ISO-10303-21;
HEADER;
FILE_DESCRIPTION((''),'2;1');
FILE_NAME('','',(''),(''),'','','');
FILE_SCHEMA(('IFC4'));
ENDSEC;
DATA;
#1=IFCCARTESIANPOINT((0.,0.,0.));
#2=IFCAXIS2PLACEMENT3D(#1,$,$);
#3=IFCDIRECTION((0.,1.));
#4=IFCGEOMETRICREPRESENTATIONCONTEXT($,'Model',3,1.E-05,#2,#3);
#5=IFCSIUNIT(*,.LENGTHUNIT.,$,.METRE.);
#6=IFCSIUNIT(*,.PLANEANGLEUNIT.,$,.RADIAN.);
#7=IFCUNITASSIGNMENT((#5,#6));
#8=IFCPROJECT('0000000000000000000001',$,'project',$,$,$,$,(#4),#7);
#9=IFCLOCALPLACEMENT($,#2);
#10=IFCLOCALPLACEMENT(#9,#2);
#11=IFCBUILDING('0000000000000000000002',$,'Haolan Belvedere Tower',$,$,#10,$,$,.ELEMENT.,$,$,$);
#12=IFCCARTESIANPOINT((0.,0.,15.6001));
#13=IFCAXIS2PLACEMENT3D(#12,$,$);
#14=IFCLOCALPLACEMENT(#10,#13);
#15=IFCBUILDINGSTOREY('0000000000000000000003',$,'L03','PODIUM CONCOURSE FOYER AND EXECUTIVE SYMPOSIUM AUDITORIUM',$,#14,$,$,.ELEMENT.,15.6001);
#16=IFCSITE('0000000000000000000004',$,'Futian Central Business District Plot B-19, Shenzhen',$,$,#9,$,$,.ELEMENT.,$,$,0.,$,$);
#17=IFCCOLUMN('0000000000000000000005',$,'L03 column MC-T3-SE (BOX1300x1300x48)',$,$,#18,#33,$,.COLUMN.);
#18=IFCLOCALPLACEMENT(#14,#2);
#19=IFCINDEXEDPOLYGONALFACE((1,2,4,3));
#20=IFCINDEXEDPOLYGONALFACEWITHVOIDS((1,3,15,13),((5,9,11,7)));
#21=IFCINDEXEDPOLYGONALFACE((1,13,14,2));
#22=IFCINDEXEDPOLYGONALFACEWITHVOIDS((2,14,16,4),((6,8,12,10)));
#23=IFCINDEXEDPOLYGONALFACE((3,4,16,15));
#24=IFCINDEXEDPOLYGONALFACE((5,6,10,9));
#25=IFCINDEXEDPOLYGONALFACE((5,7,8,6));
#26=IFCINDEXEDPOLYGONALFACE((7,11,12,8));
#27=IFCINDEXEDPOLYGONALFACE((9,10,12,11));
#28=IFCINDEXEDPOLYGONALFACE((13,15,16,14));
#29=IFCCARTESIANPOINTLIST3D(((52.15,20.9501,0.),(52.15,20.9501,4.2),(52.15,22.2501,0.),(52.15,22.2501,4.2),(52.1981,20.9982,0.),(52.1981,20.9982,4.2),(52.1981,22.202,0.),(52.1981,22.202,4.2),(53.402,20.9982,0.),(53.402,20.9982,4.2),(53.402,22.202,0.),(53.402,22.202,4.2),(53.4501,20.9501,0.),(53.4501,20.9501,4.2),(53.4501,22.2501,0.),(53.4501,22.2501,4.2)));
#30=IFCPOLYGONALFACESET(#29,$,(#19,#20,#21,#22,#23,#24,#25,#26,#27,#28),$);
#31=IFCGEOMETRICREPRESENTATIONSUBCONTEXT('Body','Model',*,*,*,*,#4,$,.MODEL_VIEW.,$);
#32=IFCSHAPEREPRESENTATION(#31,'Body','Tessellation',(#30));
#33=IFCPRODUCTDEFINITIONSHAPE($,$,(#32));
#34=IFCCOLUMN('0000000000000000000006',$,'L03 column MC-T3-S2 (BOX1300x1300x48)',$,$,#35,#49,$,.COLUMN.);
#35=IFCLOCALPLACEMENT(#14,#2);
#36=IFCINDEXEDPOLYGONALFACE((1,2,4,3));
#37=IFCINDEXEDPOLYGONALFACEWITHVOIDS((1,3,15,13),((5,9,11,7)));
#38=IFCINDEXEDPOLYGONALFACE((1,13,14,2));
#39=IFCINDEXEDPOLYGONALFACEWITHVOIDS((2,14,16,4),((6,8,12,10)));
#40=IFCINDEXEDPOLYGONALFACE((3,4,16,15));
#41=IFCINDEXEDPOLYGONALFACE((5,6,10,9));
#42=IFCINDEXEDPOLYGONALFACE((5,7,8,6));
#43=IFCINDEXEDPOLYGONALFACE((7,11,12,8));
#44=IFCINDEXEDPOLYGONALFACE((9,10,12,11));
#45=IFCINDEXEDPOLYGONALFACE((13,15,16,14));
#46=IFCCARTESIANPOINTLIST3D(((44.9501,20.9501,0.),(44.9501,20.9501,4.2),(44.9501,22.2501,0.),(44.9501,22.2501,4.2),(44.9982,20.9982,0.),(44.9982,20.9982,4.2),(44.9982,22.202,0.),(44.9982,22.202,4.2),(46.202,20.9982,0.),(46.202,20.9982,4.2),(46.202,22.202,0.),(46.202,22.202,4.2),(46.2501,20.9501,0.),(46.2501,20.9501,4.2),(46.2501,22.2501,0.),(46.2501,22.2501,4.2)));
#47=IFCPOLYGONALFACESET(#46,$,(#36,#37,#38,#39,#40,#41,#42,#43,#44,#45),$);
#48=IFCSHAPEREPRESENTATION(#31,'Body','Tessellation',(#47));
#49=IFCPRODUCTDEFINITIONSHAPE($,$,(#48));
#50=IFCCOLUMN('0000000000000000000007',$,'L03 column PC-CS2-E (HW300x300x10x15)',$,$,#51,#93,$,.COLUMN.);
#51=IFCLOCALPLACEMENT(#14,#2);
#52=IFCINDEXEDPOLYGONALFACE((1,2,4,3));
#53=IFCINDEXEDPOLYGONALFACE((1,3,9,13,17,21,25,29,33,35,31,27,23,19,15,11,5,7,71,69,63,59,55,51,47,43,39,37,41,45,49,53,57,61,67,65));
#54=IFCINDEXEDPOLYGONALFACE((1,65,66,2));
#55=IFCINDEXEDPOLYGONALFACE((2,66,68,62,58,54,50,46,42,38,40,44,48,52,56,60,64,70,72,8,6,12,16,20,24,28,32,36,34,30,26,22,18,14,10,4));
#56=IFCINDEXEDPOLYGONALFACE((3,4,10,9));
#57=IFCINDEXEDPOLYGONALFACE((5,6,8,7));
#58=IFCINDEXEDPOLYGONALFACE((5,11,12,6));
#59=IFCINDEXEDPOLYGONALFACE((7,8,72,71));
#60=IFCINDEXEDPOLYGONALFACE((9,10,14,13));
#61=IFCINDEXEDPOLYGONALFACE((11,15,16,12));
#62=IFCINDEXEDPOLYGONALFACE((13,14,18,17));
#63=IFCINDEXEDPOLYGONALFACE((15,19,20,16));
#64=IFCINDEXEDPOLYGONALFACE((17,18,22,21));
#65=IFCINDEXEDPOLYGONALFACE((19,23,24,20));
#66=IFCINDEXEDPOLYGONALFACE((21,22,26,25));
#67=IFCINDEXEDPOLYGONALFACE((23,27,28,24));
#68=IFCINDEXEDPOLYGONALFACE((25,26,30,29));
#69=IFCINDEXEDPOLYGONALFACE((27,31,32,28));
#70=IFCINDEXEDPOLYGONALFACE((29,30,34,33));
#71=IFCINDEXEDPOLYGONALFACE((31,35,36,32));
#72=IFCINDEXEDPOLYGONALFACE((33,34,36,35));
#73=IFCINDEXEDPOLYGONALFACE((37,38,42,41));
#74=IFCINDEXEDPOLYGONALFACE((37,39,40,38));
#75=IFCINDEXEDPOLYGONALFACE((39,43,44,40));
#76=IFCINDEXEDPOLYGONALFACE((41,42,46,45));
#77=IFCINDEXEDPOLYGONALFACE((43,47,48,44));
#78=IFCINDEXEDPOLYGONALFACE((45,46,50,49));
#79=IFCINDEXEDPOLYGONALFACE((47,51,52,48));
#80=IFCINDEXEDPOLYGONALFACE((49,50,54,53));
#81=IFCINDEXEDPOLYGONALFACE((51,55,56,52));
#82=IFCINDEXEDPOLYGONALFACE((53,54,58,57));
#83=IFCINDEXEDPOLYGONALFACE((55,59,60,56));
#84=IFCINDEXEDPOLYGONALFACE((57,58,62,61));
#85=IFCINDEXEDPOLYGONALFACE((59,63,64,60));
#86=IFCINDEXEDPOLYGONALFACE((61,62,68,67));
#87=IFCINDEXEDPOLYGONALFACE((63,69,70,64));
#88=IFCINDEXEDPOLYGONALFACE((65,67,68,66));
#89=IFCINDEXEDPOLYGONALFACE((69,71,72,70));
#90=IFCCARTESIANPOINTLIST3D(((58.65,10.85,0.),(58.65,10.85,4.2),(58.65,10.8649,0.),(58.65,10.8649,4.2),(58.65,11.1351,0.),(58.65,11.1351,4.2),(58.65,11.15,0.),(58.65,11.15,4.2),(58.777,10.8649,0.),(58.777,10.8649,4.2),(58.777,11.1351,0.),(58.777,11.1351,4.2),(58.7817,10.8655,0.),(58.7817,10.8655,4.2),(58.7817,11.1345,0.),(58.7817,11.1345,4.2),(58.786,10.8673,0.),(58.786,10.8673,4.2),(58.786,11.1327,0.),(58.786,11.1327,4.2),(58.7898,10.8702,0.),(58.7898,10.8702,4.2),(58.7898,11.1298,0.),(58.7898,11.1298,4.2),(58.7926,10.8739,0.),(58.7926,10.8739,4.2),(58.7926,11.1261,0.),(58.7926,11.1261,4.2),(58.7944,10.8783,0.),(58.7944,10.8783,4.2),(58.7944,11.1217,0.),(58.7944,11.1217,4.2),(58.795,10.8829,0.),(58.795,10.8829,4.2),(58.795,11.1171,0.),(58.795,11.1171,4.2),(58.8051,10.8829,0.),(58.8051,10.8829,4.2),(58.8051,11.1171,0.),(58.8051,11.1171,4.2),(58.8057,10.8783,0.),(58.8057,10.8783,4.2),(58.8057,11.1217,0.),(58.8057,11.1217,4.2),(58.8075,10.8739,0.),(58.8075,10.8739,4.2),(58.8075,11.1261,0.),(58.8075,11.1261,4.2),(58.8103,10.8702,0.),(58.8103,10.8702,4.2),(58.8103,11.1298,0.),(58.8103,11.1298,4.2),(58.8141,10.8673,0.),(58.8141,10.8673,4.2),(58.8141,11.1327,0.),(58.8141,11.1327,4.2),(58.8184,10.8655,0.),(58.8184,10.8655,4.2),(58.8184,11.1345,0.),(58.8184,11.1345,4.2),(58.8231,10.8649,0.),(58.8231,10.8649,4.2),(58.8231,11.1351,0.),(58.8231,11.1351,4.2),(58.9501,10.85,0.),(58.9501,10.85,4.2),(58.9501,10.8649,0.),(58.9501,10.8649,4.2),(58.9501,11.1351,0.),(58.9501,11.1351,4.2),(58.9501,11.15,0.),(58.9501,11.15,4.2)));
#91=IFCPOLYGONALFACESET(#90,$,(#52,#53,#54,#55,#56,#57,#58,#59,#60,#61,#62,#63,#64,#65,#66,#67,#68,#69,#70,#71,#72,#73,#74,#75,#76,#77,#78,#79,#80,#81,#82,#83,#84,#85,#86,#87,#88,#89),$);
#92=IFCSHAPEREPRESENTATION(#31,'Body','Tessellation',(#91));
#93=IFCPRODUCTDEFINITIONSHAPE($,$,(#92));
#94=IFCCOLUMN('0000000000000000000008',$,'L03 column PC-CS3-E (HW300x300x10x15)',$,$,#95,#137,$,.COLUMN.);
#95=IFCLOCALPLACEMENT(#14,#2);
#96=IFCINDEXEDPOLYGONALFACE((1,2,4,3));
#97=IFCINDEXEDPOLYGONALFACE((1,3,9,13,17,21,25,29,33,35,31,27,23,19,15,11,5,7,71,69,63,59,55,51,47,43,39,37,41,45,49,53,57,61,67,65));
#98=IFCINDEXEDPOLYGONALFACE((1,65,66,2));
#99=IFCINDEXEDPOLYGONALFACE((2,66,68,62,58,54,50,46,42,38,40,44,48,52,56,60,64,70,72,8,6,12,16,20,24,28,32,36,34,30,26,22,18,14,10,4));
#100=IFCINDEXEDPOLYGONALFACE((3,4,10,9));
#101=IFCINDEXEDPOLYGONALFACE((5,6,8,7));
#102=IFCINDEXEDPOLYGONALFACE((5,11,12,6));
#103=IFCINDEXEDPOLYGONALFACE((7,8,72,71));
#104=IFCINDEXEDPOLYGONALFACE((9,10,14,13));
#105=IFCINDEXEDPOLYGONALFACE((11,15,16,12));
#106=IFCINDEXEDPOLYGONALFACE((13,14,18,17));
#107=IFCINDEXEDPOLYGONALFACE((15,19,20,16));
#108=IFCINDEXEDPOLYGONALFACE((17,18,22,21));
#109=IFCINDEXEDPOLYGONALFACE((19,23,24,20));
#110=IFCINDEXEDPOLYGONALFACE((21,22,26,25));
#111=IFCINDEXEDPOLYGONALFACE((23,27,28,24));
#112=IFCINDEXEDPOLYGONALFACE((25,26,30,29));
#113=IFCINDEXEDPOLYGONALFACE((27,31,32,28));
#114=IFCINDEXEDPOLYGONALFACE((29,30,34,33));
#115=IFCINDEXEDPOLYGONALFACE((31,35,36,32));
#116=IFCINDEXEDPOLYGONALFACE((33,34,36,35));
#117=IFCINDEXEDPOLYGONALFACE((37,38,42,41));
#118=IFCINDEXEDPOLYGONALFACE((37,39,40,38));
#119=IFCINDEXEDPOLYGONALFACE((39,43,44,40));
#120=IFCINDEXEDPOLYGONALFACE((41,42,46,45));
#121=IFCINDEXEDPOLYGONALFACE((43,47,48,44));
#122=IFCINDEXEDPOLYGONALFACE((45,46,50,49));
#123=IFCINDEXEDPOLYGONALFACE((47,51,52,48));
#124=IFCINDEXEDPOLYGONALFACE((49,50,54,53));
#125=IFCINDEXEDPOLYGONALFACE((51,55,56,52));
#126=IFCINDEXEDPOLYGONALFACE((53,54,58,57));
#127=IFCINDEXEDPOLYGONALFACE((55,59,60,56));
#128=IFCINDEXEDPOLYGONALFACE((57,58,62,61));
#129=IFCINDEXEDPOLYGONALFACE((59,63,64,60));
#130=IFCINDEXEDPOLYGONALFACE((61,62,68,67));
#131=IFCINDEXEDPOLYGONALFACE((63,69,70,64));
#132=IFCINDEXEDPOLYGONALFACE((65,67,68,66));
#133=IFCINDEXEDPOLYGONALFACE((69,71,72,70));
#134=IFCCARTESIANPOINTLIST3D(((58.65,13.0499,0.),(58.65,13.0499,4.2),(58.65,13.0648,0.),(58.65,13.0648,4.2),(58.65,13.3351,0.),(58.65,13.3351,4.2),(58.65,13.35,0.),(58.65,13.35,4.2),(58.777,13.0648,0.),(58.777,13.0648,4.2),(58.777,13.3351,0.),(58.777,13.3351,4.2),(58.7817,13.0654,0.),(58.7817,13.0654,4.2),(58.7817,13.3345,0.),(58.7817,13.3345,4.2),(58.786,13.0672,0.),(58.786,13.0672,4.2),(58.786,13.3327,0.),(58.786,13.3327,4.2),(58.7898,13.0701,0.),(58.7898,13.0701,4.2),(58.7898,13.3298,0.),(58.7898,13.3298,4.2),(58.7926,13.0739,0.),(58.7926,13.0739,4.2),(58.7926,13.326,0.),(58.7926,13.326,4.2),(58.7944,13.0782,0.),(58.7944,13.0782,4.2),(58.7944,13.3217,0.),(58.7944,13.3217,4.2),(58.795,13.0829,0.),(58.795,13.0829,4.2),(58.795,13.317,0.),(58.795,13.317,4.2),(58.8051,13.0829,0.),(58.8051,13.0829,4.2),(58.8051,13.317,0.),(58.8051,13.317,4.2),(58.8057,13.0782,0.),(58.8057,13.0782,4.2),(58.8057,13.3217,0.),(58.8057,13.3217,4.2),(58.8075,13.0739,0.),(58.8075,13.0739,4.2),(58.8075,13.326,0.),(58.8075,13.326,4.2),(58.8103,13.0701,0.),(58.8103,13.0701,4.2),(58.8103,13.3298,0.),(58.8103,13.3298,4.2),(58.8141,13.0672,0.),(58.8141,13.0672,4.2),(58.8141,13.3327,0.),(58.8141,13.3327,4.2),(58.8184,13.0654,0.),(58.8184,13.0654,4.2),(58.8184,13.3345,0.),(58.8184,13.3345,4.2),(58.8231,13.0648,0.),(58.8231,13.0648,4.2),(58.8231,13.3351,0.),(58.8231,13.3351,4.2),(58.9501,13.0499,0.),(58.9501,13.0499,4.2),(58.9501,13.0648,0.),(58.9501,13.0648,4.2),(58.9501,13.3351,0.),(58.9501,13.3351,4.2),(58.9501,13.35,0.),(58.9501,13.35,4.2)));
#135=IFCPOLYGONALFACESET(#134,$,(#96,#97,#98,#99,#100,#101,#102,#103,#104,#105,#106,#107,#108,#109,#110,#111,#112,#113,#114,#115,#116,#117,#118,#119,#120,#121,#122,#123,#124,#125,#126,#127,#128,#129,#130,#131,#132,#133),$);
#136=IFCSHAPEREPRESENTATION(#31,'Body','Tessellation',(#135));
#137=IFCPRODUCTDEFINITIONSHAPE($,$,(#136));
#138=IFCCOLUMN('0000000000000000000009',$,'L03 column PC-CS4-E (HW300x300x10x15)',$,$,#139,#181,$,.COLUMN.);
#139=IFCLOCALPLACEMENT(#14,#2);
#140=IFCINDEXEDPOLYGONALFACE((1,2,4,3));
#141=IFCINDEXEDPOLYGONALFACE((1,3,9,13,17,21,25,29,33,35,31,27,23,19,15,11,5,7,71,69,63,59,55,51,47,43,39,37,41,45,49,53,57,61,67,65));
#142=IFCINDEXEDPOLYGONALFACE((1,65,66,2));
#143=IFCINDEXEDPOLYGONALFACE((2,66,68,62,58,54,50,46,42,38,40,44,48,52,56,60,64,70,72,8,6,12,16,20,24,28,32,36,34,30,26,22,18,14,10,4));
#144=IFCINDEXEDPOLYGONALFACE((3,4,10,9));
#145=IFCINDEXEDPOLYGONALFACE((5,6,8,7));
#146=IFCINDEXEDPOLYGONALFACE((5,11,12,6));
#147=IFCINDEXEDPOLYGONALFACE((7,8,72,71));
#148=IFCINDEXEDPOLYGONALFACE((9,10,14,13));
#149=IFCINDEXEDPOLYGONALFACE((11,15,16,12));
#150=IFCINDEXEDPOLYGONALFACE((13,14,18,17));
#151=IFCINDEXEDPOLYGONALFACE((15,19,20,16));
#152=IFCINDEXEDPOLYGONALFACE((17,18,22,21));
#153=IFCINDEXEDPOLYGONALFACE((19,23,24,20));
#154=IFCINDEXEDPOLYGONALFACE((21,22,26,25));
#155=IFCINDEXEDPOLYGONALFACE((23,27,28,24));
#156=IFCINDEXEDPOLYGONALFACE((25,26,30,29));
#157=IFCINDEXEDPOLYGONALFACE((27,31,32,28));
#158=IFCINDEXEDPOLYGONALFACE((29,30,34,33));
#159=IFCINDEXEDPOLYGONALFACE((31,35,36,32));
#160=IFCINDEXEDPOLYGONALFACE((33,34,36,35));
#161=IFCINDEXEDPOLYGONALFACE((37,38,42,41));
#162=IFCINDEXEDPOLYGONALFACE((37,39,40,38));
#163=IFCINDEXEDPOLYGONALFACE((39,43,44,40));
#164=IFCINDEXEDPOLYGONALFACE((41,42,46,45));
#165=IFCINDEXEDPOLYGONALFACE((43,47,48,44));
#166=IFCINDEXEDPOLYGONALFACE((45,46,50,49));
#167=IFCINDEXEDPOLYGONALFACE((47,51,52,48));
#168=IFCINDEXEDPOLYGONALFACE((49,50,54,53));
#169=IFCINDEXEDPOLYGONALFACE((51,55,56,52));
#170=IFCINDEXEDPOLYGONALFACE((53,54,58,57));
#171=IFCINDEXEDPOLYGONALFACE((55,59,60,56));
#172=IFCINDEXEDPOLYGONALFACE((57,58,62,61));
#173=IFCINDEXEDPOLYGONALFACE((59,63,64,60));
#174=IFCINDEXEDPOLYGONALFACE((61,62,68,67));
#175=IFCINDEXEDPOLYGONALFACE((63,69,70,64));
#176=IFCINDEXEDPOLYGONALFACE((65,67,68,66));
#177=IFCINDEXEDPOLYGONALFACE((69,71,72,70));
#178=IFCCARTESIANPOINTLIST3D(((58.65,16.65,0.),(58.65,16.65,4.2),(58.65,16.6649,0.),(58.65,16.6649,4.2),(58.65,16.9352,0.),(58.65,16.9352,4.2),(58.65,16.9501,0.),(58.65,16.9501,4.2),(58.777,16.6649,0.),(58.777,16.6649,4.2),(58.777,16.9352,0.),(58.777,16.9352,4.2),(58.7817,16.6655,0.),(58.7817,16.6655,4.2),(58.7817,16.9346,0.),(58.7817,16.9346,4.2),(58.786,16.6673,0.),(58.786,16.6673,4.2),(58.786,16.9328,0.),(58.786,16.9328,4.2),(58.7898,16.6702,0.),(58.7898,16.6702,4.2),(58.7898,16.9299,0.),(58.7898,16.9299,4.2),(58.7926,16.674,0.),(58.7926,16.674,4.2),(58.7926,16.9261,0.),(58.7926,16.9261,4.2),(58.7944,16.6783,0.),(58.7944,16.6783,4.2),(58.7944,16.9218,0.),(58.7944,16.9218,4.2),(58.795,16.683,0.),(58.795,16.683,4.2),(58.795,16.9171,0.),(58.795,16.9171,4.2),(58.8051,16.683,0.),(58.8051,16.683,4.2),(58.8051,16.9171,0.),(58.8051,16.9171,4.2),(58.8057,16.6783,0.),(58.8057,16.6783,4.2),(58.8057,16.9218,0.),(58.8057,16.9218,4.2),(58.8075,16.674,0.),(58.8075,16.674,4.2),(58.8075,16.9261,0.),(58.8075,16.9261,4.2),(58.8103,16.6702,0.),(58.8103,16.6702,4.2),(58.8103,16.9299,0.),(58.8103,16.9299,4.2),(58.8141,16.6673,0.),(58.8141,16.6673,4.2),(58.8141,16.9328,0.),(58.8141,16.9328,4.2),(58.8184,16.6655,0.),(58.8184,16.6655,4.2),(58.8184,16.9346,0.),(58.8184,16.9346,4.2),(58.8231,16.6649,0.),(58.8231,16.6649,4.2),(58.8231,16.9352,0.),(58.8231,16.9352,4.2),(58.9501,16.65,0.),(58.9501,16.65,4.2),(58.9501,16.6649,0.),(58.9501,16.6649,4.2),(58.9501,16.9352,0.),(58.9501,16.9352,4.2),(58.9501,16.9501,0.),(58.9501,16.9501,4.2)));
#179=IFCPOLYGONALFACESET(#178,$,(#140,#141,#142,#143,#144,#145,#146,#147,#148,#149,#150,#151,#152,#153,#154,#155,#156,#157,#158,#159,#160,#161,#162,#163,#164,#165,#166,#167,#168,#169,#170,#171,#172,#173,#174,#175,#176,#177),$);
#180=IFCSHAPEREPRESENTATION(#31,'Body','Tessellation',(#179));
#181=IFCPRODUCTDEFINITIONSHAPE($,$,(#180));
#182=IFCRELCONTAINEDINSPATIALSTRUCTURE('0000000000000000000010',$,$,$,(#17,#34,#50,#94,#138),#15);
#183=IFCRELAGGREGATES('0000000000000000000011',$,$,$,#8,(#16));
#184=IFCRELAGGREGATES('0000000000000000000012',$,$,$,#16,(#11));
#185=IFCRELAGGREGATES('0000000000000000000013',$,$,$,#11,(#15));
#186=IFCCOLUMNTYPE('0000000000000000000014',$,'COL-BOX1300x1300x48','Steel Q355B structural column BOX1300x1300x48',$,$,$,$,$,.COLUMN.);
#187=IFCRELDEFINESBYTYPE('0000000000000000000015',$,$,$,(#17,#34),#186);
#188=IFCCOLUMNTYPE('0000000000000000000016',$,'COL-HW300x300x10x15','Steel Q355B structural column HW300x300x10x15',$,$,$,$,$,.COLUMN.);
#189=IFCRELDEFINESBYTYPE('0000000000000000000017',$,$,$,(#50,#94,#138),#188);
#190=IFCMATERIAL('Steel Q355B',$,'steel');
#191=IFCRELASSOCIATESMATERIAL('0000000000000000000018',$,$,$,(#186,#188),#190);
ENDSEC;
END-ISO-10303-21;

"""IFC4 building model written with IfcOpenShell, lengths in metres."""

from ifc_helpers import new_model, si_unit, direction, frame, origin, origin_2d, place, context, subcontext, project, spatial, hollow_rectangle, i_section, extrude, material, material_profile, profile_set, type_object, element, save


model = new_model("IFC4")

# Units and contexts
model_context = context("Model", 3, precision=1e-05, world=origin(), true_north=direction((0.0, 1.0)))
body_context = subcontext(model_context, "Body", "Model", "MODEL_VIEW")
ifc_project = project(units=[si_unit("LENGTHUNIT", "METRE"), si_unit("PLANEANGLEUNIT", "RADIAN")], contexts=[model_context])

# Site, building, storey
site_placement = place(None, origin())
site = spatial("IfcSite", under=ifc_project, at=site_placement, Name="Futian Central Business District Plot B-19, Shenzhen", CompositionType="ELEMENT", RefElevation=0.0)
building_placement = place(site_placement, origin())
building = spatial("IfcBuilding", under=site, at=building_placement, Name="Haolan Belvedere Tower", CompositionType="ELEMENT")
storey_placement = place(building_placement, frame((0.0, 0.0, 15.6001)))
storey = spatial("IfcBuildingStorey", under=building, at=storey_placement, Name="L03", Description="PODIUM CONCOURSE FOYER AND EXECUTIVE SYMPOSIUM AUDITORIUM", CompositionType="ELEMENT", Elevation=15.6001)

# Columns
ifc_material_1 = material(Name="Steel Q355B", Category="steel")
ifc_material_profile_1 = material_profile(ifc_material_1, hollow_rectangle(XDim=1.3, YDim=1.3, WallThickness=0.0481, at=origin_2d()), Name="Steel Q355B")
ifc_profile_set_1 = profile_set([ifc_material_profile_1], Name="Steel Q355B")
column_type_1 = type_object("IfcColumnType", Name="COL-BOX1300x1300x48", Description="Steel Q355B structural column BOX1300x1300x48", PredefinedType="COLUMN", material=ifc_profile_set_1)
for number, where, z_axis, x_axis, name in (
    (1, (52.8, 21.6001, 0.0), (0.0, 0.0, 1.0), (1.0, 0.0, 0.0), "L03 column MC-T3-SE (BOX1300x1300x48)"),
    (2, (45.6001, 21.6001, 0.0), (0.0, 0.0, 1.0), (1.0, 0.0, 0.0), "L03 column MC-T3-S2 (BOX1300x1300x48)"),
):
    element("IfcColumn", number, at=place(storey_placement, frame(where, z_axis=z_axis, x_axis=x_axis)), inside=storey, type_object=column_type_1, Name=name, PredefinedType="COLUMN", context=body_context, shape_type="SweptSolid", body=[
        extrude(hollow_rectangle(XDim=1.3, YDim=1.3, WallThickness=0.0481, at=origin_2d()), origin(), (0.0, 0.0, 1.0), 4.2),
    ])
ifc_material_profile_2 = material_profile(ifc_material_1, i_section(OverallWidth=0.3, OverallDepth=0.3, WebThickness=0.01, FlangeThickness=0.0149, FilletRadius=0.0181, at=origin_2d()), Name="Steel Q355B")
ifc_profile_set_2 = profile_set([ifc_material_profile_2], Name="Steel Q355B")
column_type_2 = type_object("IfcColumnType", Name="COL-HW300x300x10x15", Description="Steel Q355B structural column HW300x300x10x15", PredefinedType="COLUMN", material=ifc_profile_set_2)
for number, where, z_axis, x_axis, name in (
    (3, (58.8, 11.0, 0.0), (0.0, 0.0, 1.0), (1.0, 0.0, 0.0), "L03 column PC-CS2-E (HW300x300x10x15)"),
    (4, (58.8, 13.2, 0.0), (0.0, 0.0, 1.0), (1.0, 0.0, 0.0), "L03 column PC-CS3-E (HW300x300x10x15)"),
    (5, (58.8, 16.8, 0.0), (0.0, 0.0, 1.0), (1.0, 0.0, 0.0), "L03 column PC-CS4-E (HW300x300x10x15)"),
):
    element("IfcColumn", number, at=place(storey_placement, frame(where, z_axis=z_axis, x_axis=x_axis)), inside=storey, type_object=column_type_2, Name=name, PredefinedType="COLUMN", context=body_context, shape_type="SweptSolid", body=[
        extrude(i_section(OverallWidth=0.3, OverallDepth=0.3, WebThickness=0.01, FlangeThickness=0.0149, FilletRadius=0.0181, at=origin_2d()), origin(), (0.0, 0.0, 1.0), 4.2),
    ])

save(model, "model.ifc")
